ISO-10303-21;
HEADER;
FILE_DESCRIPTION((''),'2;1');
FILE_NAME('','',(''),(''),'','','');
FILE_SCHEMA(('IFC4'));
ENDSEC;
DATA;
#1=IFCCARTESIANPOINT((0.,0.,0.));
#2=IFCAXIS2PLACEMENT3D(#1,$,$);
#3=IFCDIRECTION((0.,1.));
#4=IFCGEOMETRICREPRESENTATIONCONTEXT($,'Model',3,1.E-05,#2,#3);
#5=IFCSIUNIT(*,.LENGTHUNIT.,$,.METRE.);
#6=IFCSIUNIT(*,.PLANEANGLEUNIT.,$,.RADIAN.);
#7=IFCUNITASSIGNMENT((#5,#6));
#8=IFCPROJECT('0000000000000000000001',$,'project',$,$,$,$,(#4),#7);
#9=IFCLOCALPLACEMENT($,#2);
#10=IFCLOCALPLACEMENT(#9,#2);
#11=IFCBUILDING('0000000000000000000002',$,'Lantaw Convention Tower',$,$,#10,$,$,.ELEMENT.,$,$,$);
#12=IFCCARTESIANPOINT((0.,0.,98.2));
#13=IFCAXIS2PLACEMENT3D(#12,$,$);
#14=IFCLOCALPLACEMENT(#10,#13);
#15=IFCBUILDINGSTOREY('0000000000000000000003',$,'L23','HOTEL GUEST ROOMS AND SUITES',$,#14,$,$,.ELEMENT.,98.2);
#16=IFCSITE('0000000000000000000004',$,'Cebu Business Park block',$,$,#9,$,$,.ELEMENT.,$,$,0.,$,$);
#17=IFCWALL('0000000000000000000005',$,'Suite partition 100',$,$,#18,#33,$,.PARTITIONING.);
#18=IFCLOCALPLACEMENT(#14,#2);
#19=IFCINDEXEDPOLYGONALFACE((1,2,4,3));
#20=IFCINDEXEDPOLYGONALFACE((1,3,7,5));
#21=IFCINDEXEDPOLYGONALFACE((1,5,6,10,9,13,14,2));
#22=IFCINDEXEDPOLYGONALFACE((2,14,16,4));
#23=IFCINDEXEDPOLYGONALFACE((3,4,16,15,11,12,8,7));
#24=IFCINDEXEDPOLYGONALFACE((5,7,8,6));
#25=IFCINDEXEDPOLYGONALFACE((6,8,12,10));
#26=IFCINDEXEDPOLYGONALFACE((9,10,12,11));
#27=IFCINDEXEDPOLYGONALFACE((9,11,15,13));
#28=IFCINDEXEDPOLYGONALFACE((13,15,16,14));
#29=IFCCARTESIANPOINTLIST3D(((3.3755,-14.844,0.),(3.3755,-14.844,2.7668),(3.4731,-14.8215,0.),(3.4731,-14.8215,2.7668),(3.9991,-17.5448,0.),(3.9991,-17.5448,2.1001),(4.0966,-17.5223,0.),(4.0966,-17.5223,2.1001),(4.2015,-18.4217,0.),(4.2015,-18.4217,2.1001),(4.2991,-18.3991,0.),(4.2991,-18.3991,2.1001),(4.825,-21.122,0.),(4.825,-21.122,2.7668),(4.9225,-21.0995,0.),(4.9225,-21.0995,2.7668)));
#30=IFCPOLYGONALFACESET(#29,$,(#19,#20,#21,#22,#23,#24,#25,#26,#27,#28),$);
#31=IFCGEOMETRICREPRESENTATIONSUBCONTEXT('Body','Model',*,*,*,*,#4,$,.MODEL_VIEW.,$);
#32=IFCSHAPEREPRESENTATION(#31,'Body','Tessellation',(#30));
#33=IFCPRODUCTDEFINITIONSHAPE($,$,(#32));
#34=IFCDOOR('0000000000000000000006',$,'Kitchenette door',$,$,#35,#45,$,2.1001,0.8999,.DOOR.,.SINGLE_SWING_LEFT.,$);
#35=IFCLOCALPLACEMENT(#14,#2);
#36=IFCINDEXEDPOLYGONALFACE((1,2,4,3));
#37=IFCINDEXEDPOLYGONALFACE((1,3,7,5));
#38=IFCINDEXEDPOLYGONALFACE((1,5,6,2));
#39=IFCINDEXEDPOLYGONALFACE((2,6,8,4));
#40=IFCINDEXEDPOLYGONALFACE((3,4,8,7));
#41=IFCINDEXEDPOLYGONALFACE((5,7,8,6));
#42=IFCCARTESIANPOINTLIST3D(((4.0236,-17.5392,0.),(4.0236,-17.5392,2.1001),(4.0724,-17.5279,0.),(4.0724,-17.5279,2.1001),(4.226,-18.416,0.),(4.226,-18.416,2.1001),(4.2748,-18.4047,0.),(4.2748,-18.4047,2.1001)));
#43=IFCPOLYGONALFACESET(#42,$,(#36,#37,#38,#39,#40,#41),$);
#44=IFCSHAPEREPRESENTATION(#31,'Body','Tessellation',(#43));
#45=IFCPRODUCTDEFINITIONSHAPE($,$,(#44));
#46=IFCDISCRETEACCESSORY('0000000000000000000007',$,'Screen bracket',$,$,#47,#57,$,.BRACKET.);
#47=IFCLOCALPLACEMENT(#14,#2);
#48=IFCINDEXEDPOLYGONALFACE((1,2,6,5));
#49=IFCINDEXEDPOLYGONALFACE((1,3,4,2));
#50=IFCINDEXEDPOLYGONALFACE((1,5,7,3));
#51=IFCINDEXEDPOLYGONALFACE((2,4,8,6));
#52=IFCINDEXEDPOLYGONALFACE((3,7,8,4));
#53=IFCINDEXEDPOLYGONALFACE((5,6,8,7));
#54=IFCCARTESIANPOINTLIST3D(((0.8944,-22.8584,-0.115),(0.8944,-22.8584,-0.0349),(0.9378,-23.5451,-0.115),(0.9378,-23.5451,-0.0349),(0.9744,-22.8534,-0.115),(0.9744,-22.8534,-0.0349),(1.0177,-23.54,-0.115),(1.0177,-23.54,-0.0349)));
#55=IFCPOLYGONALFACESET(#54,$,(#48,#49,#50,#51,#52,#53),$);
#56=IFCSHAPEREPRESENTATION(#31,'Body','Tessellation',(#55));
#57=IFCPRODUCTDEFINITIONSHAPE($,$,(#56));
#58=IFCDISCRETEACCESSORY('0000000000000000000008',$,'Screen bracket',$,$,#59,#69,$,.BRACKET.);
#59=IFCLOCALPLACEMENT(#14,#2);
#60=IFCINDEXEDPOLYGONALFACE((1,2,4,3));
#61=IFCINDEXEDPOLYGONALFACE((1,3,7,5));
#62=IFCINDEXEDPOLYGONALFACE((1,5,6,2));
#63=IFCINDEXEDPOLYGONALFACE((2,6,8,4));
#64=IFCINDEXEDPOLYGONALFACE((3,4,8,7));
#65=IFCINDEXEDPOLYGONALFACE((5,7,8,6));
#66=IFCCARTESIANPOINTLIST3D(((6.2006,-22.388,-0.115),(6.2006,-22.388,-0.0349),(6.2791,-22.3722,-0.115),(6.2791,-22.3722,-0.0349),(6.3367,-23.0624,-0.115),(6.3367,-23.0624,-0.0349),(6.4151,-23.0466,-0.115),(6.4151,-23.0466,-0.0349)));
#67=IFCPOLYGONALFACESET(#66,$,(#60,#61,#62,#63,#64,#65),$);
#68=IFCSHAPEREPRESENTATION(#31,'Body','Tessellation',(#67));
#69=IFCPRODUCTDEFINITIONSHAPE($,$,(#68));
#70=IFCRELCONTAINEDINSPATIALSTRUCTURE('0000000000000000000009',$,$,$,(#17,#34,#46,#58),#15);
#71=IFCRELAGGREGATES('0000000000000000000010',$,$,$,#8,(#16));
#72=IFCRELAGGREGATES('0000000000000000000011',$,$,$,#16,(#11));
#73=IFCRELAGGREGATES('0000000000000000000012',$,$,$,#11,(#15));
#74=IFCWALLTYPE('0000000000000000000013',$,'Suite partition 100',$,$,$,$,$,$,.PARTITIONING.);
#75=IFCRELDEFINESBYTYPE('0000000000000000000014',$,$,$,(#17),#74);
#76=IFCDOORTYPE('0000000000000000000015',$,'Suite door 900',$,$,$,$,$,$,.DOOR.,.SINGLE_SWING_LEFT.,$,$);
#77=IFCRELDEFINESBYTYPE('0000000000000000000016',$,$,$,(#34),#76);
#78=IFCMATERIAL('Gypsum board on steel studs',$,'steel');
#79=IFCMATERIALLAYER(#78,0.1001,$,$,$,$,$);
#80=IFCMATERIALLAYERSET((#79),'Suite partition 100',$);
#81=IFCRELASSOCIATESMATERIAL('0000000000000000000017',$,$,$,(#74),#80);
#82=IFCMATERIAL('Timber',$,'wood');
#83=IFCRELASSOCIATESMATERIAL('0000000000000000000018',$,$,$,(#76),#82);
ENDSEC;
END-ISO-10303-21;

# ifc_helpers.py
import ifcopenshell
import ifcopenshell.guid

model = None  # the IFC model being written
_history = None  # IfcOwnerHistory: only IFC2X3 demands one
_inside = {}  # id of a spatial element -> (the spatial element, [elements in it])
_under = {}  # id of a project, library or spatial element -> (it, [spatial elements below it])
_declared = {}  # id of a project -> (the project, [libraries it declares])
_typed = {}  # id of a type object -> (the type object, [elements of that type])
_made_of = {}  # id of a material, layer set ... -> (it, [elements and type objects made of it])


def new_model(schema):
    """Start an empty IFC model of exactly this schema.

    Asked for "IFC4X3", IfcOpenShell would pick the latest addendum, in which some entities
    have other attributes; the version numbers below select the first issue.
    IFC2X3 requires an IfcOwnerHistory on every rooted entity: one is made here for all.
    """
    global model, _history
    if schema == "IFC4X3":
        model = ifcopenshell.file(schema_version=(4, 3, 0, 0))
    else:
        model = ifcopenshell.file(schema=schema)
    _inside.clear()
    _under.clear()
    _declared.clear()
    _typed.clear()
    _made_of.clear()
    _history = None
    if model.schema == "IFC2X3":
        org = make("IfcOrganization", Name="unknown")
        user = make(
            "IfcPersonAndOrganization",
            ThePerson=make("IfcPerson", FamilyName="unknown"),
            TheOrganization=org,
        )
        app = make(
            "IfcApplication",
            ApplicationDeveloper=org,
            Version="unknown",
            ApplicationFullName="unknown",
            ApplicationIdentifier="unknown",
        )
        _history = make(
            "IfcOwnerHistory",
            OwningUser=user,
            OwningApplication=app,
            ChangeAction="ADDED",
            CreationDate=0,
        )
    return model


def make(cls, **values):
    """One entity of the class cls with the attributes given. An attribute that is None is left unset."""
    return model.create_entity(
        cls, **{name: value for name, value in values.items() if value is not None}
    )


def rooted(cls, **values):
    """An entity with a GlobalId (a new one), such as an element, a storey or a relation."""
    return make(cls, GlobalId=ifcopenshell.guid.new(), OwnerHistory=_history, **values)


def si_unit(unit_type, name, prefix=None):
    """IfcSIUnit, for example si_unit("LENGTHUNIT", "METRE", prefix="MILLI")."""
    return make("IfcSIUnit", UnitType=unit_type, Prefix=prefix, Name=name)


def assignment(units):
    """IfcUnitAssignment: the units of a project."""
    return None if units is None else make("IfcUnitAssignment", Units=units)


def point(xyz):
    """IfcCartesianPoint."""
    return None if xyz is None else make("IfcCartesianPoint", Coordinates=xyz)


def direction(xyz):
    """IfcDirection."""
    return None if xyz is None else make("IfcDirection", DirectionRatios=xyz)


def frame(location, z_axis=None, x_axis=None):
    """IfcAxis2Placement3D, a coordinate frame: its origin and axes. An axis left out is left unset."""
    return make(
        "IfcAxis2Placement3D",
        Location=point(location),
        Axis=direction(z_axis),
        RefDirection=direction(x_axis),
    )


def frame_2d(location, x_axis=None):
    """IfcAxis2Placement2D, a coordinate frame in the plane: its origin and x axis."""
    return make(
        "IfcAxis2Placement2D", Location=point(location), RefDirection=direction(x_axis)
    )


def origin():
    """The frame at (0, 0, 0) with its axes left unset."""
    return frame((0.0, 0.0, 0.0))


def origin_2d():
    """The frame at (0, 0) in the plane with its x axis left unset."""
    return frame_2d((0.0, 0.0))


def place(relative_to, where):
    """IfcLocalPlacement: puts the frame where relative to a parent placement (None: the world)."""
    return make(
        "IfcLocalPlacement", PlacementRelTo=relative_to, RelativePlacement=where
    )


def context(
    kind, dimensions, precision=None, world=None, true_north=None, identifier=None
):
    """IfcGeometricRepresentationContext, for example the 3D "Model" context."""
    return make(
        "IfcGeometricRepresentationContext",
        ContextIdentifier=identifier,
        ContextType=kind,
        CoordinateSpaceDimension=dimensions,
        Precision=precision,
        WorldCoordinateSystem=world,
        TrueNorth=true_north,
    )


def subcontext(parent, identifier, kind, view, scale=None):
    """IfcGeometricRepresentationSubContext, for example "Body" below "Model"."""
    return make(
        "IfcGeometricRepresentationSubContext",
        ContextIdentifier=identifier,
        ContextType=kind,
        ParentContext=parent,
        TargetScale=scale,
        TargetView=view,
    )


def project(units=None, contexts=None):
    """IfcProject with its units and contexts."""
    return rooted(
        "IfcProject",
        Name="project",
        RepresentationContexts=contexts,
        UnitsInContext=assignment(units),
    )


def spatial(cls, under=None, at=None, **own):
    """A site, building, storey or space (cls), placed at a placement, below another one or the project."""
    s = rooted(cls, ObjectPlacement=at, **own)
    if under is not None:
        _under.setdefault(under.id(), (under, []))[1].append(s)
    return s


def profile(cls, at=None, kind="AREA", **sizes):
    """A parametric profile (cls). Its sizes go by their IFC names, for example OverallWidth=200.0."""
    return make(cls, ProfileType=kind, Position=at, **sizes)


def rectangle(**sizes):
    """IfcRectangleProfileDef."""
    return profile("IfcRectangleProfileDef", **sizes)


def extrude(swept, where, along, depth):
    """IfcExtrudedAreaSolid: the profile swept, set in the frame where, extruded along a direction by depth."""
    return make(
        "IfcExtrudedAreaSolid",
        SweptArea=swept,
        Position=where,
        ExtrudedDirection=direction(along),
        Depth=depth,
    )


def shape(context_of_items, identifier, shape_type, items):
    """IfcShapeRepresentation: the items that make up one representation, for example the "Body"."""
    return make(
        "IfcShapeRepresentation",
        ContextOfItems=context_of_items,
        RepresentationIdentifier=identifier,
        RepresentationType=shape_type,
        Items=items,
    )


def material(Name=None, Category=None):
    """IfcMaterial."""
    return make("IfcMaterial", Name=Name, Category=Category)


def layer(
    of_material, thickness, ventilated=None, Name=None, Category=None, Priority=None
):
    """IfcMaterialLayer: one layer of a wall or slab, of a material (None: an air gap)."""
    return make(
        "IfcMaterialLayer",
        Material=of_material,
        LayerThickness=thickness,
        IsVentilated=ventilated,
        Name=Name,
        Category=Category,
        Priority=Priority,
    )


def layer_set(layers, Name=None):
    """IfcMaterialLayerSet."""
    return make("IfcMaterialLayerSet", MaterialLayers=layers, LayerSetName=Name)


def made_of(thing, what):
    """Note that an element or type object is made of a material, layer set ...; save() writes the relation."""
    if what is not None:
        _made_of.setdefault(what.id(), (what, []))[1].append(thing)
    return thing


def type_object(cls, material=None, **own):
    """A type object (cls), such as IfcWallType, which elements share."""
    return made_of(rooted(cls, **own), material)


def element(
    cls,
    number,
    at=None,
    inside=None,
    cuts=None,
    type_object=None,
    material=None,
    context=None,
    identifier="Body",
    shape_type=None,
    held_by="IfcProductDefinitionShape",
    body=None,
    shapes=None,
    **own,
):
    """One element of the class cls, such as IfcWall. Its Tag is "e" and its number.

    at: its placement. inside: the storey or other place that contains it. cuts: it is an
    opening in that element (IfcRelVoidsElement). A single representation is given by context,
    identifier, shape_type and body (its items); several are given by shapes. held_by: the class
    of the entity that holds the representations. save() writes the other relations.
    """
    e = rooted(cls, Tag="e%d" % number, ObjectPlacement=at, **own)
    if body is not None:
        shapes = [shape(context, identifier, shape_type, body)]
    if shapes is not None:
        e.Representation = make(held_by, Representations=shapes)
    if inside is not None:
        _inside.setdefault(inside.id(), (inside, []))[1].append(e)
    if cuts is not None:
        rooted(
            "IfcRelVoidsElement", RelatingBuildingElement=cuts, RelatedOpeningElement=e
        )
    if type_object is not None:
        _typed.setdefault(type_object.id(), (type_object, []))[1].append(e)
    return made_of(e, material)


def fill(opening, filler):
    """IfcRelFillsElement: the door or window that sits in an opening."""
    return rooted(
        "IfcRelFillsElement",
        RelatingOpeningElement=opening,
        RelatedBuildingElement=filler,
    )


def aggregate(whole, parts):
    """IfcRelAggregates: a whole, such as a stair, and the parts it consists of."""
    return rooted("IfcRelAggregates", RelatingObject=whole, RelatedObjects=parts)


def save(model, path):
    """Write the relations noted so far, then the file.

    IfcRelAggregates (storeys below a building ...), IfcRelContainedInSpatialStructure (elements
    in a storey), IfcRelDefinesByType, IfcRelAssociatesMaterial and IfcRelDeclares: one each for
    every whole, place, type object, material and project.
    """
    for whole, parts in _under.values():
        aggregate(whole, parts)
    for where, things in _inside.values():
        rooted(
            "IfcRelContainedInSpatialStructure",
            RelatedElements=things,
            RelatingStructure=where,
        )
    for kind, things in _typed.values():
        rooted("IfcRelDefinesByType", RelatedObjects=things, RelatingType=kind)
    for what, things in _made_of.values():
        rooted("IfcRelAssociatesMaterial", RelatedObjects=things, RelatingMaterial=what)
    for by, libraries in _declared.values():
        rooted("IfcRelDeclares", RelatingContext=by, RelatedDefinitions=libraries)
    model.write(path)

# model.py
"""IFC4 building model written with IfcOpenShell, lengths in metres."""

from ifc_helpers import new_model, si_unit, direction, frame, frame_2d, origin, origin_2d, place, context, subcontext, project, spatial, rectangle, extrude, material, layer, layer_set, type_object, element, fill, save


model = new_model("IFC4")

# Units and contexts
model_context = context("Model", 3, precision=1e-05, world=origin(), true_north=direction((0.0, 1.0)))
body_context = subcontext(model_context, "Body", "Model", "MODEL_VIEW")
ifc_project = project(units=[si_unit("LENGTHUNIT", "METRE"), si_unit("PLANEANGLEUNIT", "RADIAN")], contexts=[model_context])

# Site, building, storey
site_placement = place(None, origin())
site = spatial("IfcSite", under=ifc_project, at=site_placement, Name="Cebu Business Park block", CompositionType="ELEMENT", RefElevation=0.0)
building_placement = place(site_placement, origin())
building = spatial("IfcBuilding", under=site, at=building_placement, Name="Lantaw Convention Tower", CompositionType="ELEMENT")
storey_placement = place(building_placement, frame((0.0, 0.0, 98.2)))
storey = spatial("IfcBuildingStorey", under=building, at=storey_placement, Name="L23", Description="HOTEL GUEST ROOMS AND SUITES", CompositionType="ELEMENT", Elevation=98.2)

# Wall, opening, door
ifc_material_1 = material(Name="Gypsum board on steel studs", Category="steel")
ifc_layer_1 = layer(ifc_material_1, 0.1001)
ifc_layer_set_1 = layer_set([ifc_layer_1], Name="Suite partition 100")
wall_type_1 = type_object("IfcWallType", Name="Suite partition 100", PredefinedType="PARTITIONING", material=ifc_layer_set_1)
ifc_material_2 = material(Name="Timber", Category="wood")
door_type = type_object("IfcDoorType", Name="Suite door 900", OperationType="SINGLE_SWING_LEFT", PredefinedType="DOOR", material=ifc_material_2)
wall_1_placement = place(storey_placement, frame((4.8738, -21.1108, 0.0), z_axis=(0.0, 0.0, 1.0), x_axis=(-0.224959, 0.974368, 0.0)))
wall_1 = element("IfcWall", 1, at=wall_1_placement, inside=storey, type_object=wall_type_1, Name="Suite partition 100", PredefinedType="PARTITIONING", context=body_context, shape_type="SweptSolid", body=[
    extrude(rectangle(XDim=6.4431, YDim=0.1001, at=frame_2d((3.2217, 0.0))), origin(), (0.0, 0.0, 1.0), 2.7668),
])
opening_1_placement = place(wall_1_placement, frame((2.7715, 0.0, 0.0)))
opening_1 = element("IfcOpeningElement", 2, at=opening_1_placement, cuts=wall_1, PredefinedType="OPENING", context=body_context, shape_type="SweptSolid", body=[
    extrude(rectangle(XDim=0.8999, YDim=2.1001, at=frame_2d((0.45, 1.05))), frame((0.0, 0.0601, 0.0), z_axis=(0.0, -1.0, 0.0), x_axis=(1.0, 0.0, 0.0)), (0.0, 0.0, 1.0), 0.1201),
])
door_1_placement = place(opening_1_placement, origin())
door_1 = element("IfcDoor", 3, at=door_1_placement, inside=storey, type_object=door_type, Name="Kitchenette door", OperationType="SINGLE_SWING_LEFT", OverallHeight=2.1001, OverallWidth=0.8999, PredefinedType="DOOR", context=body_context, shape_type="SweptSolid", body=[
    extrude(rectangle(XDim=0.8999, YDim=2.1001, at=frame_2d((0.45, 1.05))), frame((0.0, 0.0249, 0.0), z_axis=(0.0, -1.0, 0.0), x_axis=(1.0, 0.0, 0.0)), (0.0, 0.0, 1.0), 0.05),
])
fill(opening_1, door_1)

# Discrete accessories
for number, where, z_axis, x_axis, name in (
    (4, (0.9561, -23.1992, -0.115), (0.0, 0.0, 1.0), (0.998016, 0.062958, 0.0), "Screen bracket"),
    (5, (6.3079, -22.7173, -0.115), (0.0, 0.0, 1.0), (0.980245, 0.197789, 0.0), "Screen bracket"),
):
    element("IfcDiscreteAccessory", number, at=place(storey_placement, frame(where, z_axis=z_axis, x_axis=x_axis)), inside=storey, Name=name, PredefinedType="BRACKET", context=body_context, shape_type="SweptSolid", body=[
        extrude(rectangle(XDim=0.0801, YDim=0.688, at=origin_2d()), origin(), (0.0, 0.0, 1.0), 0.0801),
    ])

save(model, "model.ifc")
